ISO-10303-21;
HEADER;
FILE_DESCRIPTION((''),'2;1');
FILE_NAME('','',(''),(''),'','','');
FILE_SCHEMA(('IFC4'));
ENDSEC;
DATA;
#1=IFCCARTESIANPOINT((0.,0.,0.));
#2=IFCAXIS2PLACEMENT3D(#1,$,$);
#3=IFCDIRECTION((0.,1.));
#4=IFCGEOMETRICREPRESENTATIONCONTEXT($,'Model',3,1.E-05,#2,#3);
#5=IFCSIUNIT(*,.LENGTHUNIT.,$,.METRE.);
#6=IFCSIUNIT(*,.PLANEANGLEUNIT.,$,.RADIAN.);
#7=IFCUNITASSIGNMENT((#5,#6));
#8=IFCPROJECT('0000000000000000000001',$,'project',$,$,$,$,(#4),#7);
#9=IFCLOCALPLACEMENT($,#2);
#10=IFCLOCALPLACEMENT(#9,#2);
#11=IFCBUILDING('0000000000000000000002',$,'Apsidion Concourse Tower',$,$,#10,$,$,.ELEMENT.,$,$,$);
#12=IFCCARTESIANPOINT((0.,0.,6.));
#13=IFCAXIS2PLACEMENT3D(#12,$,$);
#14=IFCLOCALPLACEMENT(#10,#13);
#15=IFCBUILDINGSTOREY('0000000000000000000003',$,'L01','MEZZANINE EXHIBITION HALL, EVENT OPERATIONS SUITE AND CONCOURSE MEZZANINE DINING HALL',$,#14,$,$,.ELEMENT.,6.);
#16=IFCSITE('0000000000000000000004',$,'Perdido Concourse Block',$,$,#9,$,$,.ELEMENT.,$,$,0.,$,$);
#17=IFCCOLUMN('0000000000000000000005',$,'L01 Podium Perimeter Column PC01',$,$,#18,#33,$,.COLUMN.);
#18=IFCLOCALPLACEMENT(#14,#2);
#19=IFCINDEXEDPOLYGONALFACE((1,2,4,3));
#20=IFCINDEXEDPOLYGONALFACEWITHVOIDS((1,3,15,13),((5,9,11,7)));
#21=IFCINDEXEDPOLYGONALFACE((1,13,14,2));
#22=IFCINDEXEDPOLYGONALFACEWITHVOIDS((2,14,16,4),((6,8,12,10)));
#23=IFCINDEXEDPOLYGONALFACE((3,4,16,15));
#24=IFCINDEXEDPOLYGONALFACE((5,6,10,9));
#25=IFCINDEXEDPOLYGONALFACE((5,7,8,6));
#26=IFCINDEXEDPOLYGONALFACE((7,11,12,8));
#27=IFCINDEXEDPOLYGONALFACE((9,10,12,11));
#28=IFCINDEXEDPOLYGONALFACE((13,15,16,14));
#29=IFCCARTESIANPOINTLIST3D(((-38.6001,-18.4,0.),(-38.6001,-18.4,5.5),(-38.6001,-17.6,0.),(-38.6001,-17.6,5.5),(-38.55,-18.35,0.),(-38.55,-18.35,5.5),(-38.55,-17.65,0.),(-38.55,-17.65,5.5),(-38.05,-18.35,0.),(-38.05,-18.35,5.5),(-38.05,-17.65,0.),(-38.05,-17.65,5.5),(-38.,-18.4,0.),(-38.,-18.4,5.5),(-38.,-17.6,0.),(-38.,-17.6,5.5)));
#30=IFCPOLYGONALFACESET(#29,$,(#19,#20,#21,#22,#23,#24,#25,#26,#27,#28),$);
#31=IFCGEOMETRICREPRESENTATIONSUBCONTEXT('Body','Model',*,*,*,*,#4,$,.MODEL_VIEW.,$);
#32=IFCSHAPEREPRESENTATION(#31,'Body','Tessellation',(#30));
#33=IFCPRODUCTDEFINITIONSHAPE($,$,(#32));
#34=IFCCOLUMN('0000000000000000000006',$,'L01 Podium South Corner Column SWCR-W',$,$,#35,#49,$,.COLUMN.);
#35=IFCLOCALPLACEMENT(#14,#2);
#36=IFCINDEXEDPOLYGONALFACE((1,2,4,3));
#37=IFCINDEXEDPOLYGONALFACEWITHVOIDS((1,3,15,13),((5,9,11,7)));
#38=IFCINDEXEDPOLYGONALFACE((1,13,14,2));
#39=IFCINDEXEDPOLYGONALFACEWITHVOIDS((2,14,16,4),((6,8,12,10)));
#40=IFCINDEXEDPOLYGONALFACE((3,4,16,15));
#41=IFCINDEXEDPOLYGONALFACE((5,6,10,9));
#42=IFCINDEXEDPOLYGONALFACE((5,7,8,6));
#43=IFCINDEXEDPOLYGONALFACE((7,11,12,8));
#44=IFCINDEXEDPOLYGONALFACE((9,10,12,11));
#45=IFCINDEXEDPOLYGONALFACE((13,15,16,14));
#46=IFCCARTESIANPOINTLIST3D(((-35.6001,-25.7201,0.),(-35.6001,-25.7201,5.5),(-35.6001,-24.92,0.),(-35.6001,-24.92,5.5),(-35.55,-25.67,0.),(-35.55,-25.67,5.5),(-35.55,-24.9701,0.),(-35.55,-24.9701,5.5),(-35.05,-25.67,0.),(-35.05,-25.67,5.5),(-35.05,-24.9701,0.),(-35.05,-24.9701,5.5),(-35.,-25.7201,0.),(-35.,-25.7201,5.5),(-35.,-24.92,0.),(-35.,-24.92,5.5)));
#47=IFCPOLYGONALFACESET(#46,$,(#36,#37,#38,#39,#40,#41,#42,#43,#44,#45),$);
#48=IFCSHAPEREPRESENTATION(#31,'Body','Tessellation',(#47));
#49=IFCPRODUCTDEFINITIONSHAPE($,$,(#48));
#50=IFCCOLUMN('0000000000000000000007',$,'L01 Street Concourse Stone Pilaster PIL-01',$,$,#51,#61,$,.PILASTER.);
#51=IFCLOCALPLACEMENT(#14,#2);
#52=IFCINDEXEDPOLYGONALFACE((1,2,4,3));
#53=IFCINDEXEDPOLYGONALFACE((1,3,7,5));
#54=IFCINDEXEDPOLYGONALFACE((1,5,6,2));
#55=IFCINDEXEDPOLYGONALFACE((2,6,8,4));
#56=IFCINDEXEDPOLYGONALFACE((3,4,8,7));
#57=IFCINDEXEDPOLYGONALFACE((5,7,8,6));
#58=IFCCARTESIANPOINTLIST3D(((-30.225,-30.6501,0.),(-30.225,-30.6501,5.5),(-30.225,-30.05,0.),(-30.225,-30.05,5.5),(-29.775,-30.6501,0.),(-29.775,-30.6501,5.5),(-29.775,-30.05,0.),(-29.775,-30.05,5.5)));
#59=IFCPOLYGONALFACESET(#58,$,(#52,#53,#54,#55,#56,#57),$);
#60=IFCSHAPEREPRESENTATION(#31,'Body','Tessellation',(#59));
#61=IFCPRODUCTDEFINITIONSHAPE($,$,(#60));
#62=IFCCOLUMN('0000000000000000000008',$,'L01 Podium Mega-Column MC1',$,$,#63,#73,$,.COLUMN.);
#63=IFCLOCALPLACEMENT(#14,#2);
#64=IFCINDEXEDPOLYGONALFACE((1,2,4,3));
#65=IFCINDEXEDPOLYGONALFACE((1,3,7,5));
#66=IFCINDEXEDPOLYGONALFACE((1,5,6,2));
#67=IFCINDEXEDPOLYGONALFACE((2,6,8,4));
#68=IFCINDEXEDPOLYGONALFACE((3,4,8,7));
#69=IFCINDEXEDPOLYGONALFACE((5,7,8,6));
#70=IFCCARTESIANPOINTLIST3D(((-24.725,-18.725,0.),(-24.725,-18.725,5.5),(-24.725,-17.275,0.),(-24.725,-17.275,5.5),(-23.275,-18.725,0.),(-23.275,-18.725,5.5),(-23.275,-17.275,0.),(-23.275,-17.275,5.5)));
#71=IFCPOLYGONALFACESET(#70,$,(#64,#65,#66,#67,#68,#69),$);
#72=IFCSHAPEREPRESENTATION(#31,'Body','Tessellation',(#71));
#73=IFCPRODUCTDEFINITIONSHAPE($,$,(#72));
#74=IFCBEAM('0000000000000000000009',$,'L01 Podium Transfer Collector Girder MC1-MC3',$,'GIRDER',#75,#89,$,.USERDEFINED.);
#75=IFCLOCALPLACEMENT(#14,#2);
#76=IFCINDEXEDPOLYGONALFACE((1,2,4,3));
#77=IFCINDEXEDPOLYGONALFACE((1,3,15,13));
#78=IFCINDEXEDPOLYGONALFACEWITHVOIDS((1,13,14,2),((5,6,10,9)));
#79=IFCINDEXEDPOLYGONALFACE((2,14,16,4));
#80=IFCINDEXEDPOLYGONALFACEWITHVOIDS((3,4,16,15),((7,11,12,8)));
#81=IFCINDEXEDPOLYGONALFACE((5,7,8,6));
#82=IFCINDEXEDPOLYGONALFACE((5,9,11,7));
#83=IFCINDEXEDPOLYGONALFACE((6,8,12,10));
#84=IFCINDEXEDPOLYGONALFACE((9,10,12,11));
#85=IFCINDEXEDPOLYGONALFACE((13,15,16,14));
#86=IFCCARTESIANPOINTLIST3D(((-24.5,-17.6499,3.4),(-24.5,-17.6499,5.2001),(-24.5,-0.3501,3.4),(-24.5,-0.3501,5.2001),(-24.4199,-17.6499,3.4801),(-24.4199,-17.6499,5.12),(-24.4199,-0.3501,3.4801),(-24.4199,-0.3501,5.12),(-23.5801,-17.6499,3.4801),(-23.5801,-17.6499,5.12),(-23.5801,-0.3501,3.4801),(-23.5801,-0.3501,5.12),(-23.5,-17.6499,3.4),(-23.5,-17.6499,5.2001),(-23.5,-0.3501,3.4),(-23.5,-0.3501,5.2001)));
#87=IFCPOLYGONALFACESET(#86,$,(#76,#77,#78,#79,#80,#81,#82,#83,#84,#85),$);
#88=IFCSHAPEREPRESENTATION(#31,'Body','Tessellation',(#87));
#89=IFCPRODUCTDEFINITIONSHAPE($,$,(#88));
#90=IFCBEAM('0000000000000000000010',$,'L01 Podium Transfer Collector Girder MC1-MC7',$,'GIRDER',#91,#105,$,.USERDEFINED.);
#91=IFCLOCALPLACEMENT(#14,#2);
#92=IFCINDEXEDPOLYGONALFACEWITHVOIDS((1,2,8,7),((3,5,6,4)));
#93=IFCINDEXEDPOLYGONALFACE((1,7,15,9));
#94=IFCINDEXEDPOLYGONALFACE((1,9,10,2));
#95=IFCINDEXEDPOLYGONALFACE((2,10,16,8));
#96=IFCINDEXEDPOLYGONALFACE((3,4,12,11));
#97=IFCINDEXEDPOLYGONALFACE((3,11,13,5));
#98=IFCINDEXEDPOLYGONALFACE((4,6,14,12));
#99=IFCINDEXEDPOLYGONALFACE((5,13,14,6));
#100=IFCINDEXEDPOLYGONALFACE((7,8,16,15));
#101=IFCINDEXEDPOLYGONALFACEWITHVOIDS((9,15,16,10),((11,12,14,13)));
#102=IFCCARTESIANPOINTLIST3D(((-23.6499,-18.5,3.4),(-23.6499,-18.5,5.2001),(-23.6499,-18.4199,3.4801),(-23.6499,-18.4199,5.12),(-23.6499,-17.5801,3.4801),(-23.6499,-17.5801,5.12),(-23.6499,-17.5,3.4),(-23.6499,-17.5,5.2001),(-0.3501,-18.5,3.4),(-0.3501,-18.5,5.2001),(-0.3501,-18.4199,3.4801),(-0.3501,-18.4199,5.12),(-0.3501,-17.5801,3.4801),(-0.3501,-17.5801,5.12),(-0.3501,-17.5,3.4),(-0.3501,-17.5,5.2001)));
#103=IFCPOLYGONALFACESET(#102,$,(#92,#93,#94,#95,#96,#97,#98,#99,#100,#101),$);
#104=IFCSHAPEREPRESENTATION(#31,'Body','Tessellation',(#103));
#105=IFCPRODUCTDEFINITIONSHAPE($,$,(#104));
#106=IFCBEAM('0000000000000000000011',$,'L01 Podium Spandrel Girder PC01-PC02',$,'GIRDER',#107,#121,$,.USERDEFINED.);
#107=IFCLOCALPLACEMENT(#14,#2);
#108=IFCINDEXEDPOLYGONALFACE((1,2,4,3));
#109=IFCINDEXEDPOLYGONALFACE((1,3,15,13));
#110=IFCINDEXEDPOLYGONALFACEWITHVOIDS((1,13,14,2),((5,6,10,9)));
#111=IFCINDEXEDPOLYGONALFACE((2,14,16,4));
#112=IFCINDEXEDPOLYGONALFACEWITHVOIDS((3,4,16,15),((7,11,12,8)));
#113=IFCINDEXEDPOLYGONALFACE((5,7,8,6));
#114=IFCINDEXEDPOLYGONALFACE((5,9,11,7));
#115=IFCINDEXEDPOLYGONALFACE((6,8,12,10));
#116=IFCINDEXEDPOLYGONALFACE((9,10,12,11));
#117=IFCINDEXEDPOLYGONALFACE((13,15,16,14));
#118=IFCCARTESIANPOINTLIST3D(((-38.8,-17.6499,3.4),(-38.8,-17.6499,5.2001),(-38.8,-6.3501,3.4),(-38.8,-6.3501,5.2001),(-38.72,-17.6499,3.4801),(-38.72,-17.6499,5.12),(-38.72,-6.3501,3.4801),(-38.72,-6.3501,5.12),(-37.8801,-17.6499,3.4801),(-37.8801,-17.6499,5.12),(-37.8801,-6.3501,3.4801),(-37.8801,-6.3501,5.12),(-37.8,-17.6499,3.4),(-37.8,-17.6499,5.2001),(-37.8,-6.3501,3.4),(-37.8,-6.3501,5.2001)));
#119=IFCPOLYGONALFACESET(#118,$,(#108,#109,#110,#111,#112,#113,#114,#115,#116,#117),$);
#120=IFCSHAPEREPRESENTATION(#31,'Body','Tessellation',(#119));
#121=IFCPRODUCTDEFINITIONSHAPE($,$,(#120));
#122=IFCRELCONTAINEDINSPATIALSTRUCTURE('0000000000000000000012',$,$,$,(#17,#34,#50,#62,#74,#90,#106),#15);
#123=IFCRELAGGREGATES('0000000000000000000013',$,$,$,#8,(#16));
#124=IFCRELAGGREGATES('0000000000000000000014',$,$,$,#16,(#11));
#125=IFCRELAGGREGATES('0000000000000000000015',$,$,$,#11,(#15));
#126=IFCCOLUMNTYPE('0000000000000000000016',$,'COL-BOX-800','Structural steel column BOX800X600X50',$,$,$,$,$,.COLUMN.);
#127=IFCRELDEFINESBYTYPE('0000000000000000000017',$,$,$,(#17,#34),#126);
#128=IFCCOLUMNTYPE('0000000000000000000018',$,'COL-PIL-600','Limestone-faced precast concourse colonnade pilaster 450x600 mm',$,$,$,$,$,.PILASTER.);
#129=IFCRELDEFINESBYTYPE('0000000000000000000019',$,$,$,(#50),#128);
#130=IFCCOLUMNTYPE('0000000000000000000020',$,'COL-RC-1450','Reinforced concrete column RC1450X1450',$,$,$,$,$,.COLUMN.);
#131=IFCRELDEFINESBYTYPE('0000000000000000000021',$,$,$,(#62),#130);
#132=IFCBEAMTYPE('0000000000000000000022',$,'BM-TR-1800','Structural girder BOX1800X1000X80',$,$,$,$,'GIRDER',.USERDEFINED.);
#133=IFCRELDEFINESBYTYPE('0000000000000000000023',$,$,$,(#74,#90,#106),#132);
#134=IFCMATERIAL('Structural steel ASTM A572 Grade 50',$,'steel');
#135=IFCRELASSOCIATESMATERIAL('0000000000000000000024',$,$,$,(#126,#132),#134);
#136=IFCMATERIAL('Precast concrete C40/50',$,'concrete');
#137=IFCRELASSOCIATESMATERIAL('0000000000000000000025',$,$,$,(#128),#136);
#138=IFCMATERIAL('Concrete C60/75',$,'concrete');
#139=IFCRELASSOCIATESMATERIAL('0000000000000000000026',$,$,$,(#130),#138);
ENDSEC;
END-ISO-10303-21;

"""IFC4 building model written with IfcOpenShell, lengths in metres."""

from ifc_helpers import new_model, si_unit, direction, frame, origin, origin_2d, place, context, subcontext, project, spatial, rectangle, hollow_rectangle, extrude, material, material_profile, profile_set, type_object, element, save


model = new_model("IFC4")

# Units and contexts
model_context = context("Model", 3, precision=1e-05, world=origin(), true_north=direction((0.0, 1.0)))
body_context = subcontext(model_context, "Body", "Model", "MODEL_VIEW")
ifc_project = project(units=[si_unit("LENGTHUNIT", "METRE"), si_unit("PLANEANGLEUNIT", "RADIAN")], contexts=[model_context])

# Site, building, storey
site_placement = place(None, origin())
site = spatial("IfcSite", under=ifc_project, at=site_placement, Name="Perdido Concourse Block", CompositionType="ELEMENT", RefElevation=0.0)
building_placement = place(site_placement, origin())
building = spatial("IfcBuilding", under=site, at=building_placement, Name="Apsidion Concourse Tower", CompositionType="ELEMENT")
storey_placement = place(building_placement, frame((0.0, 0.0, 6.0)))
storey = spatial("IfcBuildingStorey", under=building, at=storey_placement, Name="L01", Description="MEZZANINE EXHIBITION HALL, EVENT OPERATIONS SUITE AND CONCOURSE MEZZANINE DINING HALL", CompositionType="ELEMENT", Elevation=6.0)

# Columns
ifc_material_1 = material(Name="Structural steel ASTM A572 Grade 50", Category="steel")
ifc_material_profile_1 = material_profile(ifc_material_1, hollow_rectangle(XDim=0.6001, YDim=0.8, WallThickness=0.05, at=origin_2d()), Name="BOX800X600X50")
ifc_profile_set_1 = profile_set([ifc_material_profile_1], Name="Structural steel ASTM A572 Grade 50")
column_type_1 = type_object("IfcColumnType", Name="COL-BOX-800", Description="Structural steel column BOX800X600X50", PredefinedType="COLUMN", material=ifc_profile_set_1)
for number, where, z_axis, x_axis, name in (
    (1, (-38.3, -18.0, 0.0), (0.0, 0.0, 1.0), (1.0, 0.0, 0.0), "L01 Podium Perimeter Column PC01"),
    (2, (-35.3, -25.3201, 0.0), (0.0, 0.0, 1.0), (1.0, 0.0, 0.0), "L01 Podium South Corner Column SWCR-W"),
):
    element("IfcColumn", number, at=place(storey_placement, frame(where, z_axis=z_axis, x_axis=x_axis)), inside=storey, type_object=column_type_1, Name=name, PredefinedType="COLUMN", context=body_context, shape_type="SweptSolid", body=[
        extrude(hollow_rectangle(XDim=0.6001, YDim=0.8, WallThickness=0.05, at=origin_2d()), origin(), (0.0, 0.0, 1.0), 5.5),
    ])
ifc_material_2 = material(Name="Precast concrete C40/50", Category="concrete")
ifc_material_profile_2 = material_profile(ifc_material_2, rectangle(XDim=0.45, YDim=0.6001, at=origin_2d()), Name="RC 600x450")
ifc_profile_set_2 = profile_set([ifc_material_profile_2], Name="Precast concrete C40/50")
column_type_2 = type_object("IfcColumnType", Name="COL-PIL-600", Description="Limestone-faced precast concourse colonnade pilaster 450x600 mm", PredefinedType="PILASTER", material=ifc_profile_set_2)
column_1_placement = place(storey_placement, frame((-30.0, -30.3501, 0.0), z_axis=(0.0, 0.0, 1.0), x_axis=(1.0, 0.0, 0.0)))
element("IfcColumn", 3, at=column_1_placement, inside=storey, type_object=column_type_2, Name="L01 Street Concourse Stone Pilaster PIL-01", PredefinedType="PILASTER", context=body_context, shape_type="SweptSolid", body=[
    extrude(rectangle(XDim=0.45, YDim=0.6001, at=origin_2d()), origin(), (0.0, 0.0, 1.0), 5.5),
])
ifc_material_3 = material(Name="Concrete C60/75", Category="concrete")
ifc_material_profile_3 = material_profile(ifc_material_3, rectangle(XDim=1.45, YDim=1.45, at=origin_2d()), Name="RC 1450x1450")
ifc_profile_set_3 = profile_set([ifc_material_profile_3], Name="Concrete C60/75")
column_type_3 = type_object("IfcColumnType", Name="COL-RC-1450", Description="Reinforced concrete column RC1450X1450", PredefinedType="COLUMN", material=ifc_profile_set_3)
column_2_placement = place(storey_placement, frame((-24.0, -18.0, 0.0), z_axis=(0.0, 0.0, 1.0), x_axis=(1.0, 0.0, 0.0)))
element("IfcColumn", 4, at=column_2_placement, inside=storey, type_object=column_type_3, Name="L01 Podium Mega-Column MC1", PredefinedType="COLUMN", context=body_context, shape_type="SweptSolid", body=[
    extrude(rectangle(XDim=1.45, YDim=1.45, at=origin_2d()), origin(), (0.0, 0.0, 1.0), 5.5),
])

# Beams
ifc_material_profile_4 = material_profile(ifc_material_1, hollow_rectangle(XDim=1.0, YDim=1.8, WallThickness=0.0801, at=origin_2d()), Name="BOX1800X1000X80")
ifc_profile_set_4 = profile_set([ifc_material_profile_4], Name="Structural steel ASTM A572 Grade 50")
beam_type = type_object("IfcBeamType", Name="BM-TR-1800", Description="Structural girder BOX1800X1000X80", ElementType="GIRDER", PredefinedType="USERDEFINED", material=ifc_profile_set_4)
beam_1_placement = place(storey_placement, frame((-24.0, -17.6499, 4.3), z_axis=(0.0, 1.0, 0.0), x_axis=(-1.0, 0.0, 0.0)))
element("IfcBeam", 5, at=beam_1_placement, inside=storey, type_object=beam_type, Name="L01 Podium Transfer Collector Girder MC1-MC3", ObjectType="GIRDER", PredefinedType="USERDEFINED", context=body_context, shape_type="SweptSolid", body=[
    extrude(hollow_rectangle(XDim=1.0, YDim=1.8, WallThickness=0.0801, at=origin_2d()), origin(), (0.0, 0.0, 1.0), 17.2998),
])
beam_2_placement = place(storey_placement, frame((-23.6499, -18.0, 4.3), z_axis=(1.0, 0.0, 0.0), x_axis=(0.0, 1.0, 0.0)))
element("IfcBeam", 6, at=beam_2_placement, inside=storey, type_object=beam_type, Name="L01 Podium Transfer Collector Girder MC1-MC7", ObjectType="GIRDER", PredefinedType="USERDEFINED", context=body_context, shape_type="SweptSolid", body=[
    extrude(hollow_rectangle(XDim=1.0, YDim=1.8, WallThickness=0.0801, at=origin_2d()), origin(), (0.0, 0.0, 1.0), 23.2998),
])
beam_3_placement = place(storey_placement, frame((-38.3, -17.6499, 4.3), z_axis=(0.0, 1.0, 0.0), x_axis=(-1.0, 0.0, 0.0)))
element("IfcBeam", 7, at=beam_3_placement, inside=storey, type_object=beam_type, Name="L01 Podium Spandrel Girder PC01-PC02", ObjectType="GIRDER", PredefinedType="USERDEFINED", context=body_context, shape_type="SweptSolid", body=[
    extrude(hollow_rectangle(XDim=1.0, YDim=1.8, WallThickness=0.0801, at=origin_2d()), origin(), (0.0, 0.0, 1.0), 11.2998),
])

save(model, "model.ifc")
